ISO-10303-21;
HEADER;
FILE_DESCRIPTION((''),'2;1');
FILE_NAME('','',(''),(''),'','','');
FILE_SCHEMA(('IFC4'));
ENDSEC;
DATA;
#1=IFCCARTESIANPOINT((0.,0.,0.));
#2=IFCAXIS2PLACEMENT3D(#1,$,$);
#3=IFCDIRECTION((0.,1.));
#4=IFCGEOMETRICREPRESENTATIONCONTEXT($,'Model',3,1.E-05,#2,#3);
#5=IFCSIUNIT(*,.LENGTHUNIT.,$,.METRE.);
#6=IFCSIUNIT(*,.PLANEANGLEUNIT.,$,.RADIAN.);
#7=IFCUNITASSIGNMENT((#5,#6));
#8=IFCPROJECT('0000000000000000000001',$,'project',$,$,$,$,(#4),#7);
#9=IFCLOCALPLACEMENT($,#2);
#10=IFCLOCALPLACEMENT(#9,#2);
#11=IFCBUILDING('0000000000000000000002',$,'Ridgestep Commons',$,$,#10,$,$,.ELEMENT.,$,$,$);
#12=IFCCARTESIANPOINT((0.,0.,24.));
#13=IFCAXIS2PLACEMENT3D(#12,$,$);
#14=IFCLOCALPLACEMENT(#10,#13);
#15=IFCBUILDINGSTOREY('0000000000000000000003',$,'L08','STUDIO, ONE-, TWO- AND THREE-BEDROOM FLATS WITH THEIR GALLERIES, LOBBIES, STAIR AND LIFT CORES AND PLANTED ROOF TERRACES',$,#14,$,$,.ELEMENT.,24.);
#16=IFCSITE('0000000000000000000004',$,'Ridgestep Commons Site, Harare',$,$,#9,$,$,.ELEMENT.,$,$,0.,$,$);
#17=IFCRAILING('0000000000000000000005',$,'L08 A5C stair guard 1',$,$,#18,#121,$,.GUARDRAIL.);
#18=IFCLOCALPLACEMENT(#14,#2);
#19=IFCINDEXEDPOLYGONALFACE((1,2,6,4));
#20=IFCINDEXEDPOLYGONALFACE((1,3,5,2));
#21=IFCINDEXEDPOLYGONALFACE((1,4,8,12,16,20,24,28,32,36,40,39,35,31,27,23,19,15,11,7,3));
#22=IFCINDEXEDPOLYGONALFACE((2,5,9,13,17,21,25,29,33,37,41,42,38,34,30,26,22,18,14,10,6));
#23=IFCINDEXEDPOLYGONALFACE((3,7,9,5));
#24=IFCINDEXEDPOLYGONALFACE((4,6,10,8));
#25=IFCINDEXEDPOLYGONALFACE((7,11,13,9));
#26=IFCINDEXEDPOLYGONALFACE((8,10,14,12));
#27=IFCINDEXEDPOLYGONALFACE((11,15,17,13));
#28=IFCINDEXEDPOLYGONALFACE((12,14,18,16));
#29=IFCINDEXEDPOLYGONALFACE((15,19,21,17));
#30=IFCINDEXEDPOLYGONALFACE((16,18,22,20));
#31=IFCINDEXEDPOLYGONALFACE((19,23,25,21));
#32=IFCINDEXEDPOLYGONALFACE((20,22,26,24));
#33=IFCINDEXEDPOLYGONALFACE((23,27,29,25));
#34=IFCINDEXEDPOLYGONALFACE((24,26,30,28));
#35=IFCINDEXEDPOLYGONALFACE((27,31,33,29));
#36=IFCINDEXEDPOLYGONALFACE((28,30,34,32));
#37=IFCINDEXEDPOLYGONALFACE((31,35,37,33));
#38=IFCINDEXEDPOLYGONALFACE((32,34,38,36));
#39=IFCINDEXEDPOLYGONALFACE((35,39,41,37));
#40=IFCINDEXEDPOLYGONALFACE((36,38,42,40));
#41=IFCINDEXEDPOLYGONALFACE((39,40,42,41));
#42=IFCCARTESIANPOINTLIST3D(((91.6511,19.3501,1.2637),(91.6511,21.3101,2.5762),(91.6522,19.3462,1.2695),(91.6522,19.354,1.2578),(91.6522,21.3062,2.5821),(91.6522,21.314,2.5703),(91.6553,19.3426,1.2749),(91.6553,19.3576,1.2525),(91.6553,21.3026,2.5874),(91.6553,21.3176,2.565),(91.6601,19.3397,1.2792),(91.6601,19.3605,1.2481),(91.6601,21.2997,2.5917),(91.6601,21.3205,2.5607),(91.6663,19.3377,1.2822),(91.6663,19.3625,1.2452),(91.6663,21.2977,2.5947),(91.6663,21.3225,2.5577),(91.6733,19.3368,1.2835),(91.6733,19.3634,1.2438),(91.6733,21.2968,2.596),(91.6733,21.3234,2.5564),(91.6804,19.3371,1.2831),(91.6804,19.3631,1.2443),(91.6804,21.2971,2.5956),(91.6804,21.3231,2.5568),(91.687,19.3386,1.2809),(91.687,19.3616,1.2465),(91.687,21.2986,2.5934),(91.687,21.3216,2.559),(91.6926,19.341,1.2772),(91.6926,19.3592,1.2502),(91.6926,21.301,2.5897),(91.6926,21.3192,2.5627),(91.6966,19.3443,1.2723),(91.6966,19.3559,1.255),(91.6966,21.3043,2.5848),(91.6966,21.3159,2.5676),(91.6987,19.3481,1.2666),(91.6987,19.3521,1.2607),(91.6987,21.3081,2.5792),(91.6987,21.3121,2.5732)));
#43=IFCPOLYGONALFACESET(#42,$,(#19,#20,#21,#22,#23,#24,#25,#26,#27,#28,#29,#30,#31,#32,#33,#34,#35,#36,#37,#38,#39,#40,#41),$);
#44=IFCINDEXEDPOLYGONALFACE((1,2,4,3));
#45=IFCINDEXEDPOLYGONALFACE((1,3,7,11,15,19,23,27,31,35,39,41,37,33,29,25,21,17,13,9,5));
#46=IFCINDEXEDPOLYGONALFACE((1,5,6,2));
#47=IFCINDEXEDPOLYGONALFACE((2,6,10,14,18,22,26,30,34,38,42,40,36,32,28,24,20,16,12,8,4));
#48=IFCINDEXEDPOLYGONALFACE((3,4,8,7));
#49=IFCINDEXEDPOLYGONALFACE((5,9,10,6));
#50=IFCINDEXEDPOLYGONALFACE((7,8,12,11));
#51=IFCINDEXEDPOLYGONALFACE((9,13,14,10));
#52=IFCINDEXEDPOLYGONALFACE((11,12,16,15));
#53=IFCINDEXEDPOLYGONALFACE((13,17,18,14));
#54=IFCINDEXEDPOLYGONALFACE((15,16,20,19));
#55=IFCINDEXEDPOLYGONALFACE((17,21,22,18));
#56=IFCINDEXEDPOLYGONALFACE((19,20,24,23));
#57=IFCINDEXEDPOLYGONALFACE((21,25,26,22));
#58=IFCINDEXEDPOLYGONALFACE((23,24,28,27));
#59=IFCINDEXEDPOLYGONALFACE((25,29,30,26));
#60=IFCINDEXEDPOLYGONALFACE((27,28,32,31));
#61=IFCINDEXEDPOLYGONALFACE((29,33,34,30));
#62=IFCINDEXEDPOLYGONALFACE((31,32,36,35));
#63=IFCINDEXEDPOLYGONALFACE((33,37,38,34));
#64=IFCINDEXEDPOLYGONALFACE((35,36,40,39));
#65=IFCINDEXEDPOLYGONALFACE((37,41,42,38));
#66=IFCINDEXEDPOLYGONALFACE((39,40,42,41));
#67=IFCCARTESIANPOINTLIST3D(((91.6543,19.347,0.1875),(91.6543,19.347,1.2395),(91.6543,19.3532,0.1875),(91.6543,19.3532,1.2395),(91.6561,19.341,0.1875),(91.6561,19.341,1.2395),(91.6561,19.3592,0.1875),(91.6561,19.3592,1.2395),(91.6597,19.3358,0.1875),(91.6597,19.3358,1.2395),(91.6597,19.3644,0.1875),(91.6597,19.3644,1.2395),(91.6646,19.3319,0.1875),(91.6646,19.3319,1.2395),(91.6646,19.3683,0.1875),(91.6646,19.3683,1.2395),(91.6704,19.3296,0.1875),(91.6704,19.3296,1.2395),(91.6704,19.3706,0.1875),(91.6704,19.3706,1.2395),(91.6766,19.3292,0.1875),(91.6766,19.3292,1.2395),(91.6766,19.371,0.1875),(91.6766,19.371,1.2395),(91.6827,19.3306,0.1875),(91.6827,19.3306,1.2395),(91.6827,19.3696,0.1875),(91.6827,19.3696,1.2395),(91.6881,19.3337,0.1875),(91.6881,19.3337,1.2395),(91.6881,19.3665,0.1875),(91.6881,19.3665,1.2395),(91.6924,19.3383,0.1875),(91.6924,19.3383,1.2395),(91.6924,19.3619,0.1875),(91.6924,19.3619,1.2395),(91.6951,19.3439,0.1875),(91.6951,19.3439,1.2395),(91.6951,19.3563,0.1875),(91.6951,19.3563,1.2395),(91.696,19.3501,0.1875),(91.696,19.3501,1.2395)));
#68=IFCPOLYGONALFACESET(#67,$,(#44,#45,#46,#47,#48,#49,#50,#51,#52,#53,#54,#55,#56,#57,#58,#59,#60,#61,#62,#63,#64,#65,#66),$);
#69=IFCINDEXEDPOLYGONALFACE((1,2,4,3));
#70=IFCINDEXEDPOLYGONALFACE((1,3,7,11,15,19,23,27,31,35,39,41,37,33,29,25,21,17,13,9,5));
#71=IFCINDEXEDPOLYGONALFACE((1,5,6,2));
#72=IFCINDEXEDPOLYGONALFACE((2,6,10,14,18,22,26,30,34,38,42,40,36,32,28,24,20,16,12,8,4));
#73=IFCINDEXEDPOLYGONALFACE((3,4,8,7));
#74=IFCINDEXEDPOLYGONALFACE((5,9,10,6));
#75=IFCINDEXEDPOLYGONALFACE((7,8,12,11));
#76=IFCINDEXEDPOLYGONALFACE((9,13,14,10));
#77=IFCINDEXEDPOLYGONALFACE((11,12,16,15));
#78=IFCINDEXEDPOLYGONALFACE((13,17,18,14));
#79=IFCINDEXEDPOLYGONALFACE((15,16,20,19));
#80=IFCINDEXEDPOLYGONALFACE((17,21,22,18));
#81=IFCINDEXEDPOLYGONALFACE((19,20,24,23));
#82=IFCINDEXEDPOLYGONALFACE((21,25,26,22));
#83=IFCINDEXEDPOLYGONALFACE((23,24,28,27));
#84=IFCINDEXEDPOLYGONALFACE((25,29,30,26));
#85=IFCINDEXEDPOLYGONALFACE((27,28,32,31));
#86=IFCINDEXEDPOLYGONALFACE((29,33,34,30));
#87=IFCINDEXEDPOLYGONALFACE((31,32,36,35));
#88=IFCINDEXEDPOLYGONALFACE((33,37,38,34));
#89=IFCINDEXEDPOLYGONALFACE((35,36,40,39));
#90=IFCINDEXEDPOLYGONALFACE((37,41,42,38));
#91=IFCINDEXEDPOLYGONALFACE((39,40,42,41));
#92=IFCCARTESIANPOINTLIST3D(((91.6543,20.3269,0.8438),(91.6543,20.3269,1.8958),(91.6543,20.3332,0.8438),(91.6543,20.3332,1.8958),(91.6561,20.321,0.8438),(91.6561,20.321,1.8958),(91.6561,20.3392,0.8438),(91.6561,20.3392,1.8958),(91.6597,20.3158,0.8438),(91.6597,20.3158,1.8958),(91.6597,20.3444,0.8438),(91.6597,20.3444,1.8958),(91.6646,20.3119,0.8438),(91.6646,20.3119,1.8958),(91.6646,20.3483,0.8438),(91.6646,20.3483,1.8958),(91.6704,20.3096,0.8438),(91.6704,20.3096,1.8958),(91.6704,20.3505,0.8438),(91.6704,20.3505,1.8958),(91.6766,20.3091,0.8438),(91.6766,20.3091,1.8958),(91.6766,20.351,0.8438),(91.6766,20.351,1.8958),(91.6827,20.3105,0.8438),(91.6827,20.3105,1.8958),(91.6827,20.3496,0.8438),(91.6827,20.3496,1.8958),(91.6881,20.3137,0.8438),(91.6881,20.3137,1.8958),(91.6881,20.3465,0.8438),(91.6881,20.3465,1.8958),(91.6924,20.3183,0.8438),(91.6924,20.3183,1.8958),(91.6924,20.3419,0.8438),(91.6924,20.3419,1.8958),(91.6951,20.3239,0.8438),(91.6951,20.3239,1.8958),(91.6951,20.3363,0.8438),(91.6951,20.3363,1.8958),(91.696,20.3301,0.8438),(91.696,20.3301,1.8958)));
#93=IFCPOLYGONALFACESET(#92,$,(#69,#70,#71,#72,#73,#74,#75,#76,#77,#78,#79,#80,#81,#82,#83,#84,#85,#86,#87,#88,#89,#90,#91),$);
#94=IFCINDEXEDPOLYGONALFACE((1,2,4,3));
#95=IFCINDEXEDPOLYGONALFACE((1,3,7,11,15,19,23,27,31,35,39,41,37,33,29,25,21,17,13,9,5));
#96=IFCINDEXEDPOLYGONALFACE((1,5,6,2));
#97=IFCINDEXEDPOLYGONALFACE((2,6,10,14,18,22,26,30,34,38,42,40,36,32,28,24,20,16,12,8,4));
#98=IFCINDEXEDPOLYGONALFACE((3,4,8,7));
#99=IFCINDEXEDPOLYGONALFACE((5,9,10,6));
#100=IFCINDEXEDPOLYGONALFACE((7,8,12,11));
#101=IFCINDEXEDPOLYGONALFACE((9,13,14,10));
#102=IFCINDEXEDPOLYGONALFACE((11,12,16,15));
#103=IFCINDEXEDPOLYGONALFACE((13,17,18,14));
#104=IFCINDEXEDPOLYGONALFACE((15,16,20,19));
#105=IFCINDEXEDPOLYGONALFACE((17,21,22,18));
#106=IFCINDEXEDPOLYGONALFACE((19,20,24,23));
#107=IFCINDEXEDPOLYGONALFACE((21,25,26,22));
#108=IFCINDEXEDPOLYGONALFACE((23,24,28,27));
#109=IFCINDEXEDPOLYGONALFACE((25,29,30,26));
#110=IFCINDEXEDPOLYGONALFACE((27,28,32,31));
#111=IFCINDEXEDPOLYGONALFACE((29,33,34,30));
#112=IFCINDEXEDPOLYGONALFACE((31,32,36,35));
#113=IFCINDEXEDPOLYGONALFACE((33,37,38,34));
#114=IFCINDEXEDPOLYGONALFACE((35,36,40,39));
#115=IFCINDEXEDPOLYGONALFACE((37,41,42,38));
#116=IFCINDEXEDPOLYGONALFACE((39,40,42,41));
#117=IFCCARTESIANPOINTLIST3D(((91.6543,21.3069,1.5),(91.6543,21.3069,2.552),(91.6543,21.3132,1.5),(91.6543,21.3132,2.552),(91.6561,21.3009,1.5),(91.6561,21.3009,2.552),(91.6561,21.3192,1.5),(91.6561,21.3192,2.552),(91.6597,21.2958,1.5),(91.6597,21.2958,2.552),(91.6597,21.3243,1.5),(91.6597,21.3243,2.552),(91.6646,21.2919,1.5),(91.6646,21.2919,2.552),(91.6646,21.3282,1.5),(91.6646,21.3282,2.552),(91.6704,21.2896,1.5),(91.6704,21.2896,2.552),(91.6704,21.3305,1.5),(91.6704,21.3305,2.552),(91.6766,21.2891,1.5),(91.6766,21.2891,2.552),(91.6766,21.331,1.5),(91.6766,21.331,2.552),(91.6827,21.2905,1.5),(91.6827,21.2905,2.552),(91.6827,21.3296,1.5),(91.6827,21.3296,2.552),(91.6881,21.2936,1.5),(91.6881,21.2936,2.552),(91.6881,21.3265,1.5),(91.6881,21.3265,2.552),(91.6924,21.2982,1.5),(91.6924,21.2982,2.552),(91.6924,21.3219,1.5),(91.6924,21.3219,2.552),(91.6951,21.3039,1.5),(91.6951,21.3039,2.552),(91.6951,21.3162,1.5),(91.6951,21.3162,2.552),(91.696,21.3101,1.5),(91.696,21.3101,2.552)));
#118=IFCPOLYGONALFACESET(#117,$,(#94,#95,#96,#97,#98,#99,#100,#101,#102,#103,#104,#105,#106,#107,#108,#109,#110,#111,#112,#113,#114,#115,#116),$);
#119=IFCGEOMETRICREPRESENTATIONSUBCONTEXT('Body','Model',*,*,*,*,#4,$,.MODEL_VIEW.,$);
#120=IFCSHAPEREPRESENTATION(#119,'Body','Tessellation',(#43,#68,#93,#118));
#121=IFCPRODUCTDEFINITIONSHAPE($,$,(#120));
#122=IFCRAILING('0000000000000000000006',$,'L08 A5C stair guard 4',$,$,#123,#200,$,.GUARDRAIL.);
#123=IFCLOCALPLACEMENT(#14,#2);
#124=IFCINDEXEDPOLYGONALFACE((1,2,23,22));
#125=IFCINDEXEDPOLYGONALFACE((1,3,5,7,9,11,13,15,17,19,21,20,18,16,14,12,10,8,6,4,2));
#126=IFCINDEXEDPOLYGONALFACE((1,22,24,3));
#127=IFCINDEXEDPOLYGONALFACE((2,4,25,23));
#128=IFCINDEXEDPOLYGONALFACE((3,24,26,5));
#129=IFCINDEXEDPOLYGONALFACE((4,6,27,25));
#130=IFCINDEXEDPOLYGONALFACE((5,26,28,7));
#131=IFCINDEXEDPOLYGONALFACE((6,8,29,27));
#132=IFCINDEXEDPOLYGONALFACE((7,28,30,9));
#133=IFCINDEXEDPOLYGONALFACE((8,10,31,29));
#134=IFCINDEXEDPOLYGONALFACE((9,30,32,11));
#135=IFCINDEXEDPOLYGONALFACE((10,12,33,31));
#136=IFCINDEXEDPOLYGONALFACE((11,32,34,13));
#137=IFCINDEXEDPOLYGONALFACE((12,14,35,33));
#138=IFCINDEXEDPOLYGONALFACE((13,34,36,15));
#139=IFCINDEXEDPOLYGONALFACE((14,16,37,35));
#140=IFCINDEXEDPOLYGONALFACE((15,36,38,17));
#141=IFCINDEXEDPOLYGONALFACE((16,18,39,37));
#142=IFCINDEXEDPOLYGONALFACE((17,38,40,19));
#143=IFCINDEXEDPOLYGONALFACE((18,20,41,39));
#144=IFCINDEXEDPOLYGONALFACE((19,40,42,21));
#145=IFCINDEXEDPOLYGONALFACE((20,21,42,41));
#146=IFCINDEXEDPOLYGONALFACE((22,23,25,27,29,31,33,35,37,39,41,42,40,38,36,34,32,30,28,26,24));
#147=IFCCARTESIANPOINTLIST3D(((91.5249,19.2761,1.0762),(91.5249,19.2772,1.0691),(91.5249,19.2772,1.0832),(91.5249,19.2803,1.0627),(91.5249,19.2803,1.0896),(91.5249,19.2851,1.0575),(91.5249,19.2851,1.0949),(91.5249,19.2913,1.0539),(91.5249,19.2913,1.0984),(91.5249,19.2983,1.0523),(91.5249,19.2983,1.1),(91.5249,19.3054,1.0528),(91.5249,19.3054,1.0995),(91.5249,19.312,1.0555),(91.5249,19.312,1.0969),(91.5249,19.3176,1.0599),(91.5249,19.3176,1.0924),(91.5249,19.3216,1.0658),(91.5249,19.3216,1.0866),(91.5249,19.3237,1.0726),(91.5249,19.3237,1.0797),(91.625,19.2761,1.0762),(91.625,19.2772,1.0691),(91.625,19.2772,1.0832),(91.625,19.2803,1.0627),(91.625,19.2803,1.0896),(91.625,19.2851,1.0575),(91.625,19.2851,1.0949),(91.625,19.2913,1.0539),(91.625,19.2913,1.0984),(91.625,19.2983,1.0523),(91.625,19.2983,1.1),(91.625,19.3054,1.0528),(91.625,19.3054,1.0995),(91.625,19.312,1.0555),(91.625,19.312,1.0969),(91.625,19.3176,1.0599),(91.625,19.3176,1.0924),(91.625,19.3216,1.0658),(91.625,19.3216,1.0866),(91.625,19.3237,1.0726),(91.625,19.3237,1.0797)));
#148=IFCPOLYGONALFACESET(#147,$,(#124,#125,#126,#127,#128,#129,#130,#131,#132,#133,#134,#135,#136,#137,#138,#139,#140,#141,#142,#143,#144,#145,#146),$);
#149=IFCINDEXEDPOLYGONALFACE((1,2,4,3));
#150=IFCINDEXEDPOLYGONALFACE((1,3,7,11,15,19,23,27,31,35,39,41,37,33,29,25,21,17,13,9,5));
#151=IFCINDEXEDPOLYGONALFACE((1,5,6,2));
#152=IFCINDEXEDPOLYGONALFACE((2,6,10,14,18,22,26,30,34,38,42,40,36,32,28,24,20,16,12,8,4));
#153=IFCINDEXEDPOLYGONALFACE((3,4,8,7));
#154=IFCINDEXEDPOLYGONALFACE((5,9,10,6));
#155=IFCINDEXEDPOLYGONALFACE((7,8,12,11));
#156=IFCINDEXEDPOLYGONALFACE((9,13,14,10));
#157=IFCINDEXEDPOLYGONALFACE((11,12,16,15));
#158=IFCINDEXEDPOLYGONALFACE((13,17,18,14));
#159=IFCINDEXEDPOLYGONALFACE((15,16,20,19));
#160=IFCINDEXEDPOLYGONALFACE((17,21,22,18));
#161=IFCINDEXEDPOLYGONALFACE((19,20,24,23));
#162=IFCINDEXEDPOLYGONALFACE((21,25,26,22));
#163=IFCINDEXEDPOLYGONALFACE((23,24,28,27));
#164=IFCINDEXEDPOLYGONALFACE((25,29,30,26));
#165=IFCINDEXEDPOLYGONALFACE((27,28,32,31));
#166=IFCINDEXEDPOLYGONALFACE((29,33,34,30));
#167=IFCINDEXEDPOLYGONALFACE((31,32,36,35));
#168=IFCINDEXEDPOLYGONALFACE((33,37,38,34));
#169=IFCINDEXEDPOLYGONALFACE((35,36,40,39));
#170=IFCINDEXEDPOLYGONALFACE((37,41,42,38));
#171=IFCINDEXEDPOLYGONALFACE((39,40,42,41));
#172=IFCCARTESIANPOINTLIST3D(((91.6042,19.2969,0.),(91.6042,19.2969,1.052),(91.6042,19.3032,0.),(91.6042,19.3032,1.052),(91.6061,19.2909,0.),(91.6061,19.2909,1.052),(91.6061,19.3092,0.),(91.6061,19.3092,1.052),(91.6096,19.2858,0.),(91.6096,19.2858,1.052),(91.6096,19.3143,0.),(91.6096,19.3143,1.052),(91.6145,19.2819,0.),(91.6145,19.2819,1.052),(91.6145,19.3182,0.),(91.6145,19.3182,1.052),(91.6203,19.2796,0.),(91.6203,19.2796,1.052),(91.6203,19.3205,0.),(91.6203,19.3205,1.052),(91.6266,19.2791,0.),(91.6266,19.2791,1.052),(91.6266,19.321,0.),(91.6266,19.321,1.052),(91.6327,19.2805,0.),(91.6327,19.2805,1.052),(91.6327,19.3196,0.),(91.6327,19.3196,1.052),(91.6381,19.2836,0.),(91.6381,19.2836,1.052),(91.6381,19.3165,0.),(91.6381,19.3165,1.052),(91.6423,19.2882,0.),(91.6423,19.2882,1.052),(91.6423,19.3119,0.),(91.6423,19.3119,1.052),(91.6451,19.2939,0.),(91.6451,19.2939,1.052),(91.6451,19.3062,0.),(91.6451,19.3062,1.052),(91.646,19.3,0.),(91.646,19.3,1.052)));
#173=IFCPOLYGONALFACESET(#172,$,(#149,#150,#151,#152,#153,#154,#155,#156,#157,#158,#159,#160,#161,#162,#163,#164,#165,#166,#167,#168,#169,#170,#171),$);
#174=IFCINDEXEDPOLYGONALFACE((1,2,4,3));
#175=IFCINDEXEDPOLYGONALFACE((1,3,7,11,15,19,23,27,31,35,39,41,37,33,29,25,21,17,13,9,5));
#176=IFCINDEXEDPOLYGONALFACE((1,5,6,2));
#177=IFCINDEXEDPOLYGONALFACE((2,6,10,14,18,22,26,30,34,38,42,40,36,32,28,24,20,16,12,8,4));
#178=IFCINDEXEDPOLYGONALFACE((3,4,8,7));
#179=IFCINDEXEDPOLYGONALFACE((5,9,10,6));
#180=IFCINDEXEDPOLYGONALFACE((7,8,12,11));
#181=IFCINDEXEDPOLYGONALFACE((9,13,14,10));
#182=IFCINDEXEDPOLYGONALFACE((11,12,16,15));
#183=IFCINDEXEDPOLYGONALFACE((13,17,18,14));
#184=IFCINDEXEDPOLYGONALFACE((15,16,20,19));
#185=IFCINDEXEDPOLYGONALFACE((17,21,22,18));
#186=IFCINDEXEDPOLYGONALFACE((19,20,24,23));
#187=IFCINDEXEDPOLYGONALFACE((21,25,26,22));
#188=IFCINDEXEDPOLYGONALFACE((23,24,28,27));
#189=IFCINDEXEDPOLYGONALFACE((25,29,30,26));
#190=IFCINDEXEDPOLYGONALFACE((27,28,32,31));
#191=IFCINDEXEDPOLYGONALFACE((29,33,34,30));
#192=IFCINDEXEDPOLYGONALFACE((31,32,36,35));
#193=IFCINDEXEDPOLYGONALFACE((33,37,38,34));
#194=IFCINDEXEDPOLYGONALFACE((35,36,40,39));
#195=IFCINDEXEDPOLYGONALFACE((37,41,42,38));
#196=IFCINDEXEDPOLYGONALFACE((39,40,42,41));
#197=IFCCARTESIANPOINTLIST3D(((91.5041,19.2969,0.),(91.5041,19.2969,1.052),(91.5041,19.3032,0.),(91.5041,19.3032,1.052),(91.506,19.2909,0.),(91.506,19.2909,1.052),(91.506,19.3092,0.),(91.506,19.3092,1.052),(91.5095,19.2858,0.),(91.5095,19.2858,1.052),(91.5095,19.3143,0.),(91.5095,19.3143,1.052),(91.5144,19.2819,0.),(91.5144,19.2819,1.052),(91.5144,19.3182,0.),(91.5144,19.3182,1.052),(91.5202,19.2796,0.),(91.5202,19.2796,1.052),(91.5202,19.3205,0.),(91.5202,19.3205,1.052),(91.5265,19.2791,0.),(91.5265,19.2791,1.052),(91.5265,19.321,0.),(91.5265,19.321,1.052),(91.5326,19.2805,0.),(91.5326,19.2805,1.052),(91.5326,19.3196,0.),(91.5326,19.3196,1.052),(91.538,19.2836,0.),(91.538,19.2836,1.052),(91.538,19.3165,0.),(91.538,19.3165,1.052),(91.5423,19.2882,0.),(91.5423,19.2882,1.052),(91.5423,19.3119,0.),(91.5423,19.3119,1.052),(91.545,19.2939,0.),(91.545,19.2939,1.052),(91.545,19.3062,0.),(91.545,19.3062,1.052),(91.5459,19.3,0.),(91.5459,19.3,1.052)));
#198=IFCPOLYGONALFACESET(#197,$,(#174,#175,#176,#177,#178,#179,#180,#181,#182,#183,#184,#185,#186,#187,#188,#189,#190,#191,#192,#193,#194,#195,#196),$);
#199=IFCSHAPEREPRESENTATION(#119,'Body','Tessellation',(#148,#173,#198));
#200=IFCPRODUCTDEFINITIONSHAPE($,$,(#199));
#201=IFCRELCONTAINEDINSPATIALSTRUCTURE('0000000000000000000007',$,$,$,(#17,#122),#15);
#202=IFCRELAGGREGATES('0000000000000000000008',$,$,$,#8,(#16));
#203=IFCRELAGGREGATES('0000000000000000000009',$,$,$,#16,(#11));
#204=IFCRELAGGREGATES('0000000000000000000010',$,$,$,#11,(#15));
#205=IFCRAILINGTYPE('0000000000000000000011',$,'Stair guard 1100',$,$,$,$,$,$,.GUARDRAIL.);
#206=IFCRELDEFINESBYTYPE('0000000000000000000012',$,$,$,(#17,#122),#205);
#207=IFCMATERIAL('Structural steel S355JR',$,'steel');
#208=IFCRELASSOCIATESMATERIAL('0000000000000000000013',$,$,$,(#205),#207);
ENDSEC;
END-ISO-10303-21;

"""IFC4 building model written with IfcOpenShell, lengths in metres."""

from ifc_helpers import new_model, si_unit, direction, frame, origin, origin_2d, place, context, subcontext, project, spatial, circle, extrude, material, type_object, element, save


model = new_model("IFC4")

# Units and contexts
model_context = context("Model", 3, precision=1e-05, world=origin(), true_north=direction((0.0, 1.0)))
body_context = subcontext(model_context, "Body", "Model", "MODEL_VIEW")
ifc_project = project(units=[si_unit("LENGTHUNIT", "METRE"), si_unit("PLANEANGLEUNIT", "RADIAN")], contexts=[model_context])

# Site, building, storey
site_placement = place(None, origin())
site = spatial("IfcSite", under=ifc_project, at=site_placement, Name="Ridgestep Commons Site, Harare", CompositionType="ELEMENT", RefElevation=0.0)
building_placement = place(site_placement, origin())
building = spatial("IfcBuilding", under=site, at=building_placement, Name="Ridgestep Commons", CompositionType="ELEMENT")
storey_placement = place(building_placement, frame((0.0, 0.0, 24.0)))
storey = spatial("IfcBuildingStorey", under=building, at=storey_placement, Name="L08", Description="STUDIO, ONE-, TWO- AND THREE-BEDROOM FLATS WITH THEIR GALLERIES, LOBBIES, STAIR AND LIFT CORES AND PLANTED ROOF TERRACES", CompositionType="ELEMENT", Elevation=24.0)

# Railings
ifc_material_1 = material(Name="Structural steel S355JR", Category="steel")
railing_type_1 = type_object("IfcRailingType", Name="Stair guard 1100", PredefinedType="GUARDRAIL", material=ifc_material_1)
railing_1_placement = place(storey_placement, frame((91.675, 19.3501, 0.1875)))
element("IfcRailing", 1, at=railing_1_placement, inside=storey, type_object=railing_type_1, Name="L08 A5C stair guard 1", PredefinedType="GUARDRAIL", context=body_context, shape_type="SweptSolid", body=[
    extrude(circle(Radius=0.0239, at=origin_2d()), frame((0.0, 0.0, 1.0762), z_axis=(0.0, 0.830902, 0.556419), x_axis=(-1.0, 0.0, 0.0)), (0.0, 0.0, 1.0), 2.3589),
    extrude(circle(Radius=0.021, at=origin_2d()), origin(), (0.0, 0.0, 1.0), 1.052),
    extrude(circle(Radius=0.021, at=origin_2d()), frame((0.0, 0.98, 0.6562)), (0.0, 0.0, 1.0), 1.052),
    extrude(circle(Radius=0.021, at=origin_2d()), frame((0.0, 1.96, 1.3125)), (0.0, 0.0, 1.0), 1.052),
])
railing_2_placement = place(storey_placement, frame((91.625, 19.3, 0.0)))
element("IfcRailing", 2, at=railing_2_placement, inside=storey, type_object=railing_type_1, Name="L08 A5C stair guard 4", PredefinedType="GUARDRAIL", context=body_context, shape_type="SweptSolid", body=[
    extrude(circle(Radius=0.0239, at=origin_2d()), frame((0.0, 0.0, 1.0762), z_axis=(-1.0, 0.0, 0.0), x_axis=(0.0, -1.0, 0.0)), (0.0, 0.0, 1.0), 0.1001),
    extrude(circle(Radius=0.021, at=origin_2d()), origin(), (0.0, 0.0, 1.0), 1.052),
    extrude(circle(Radius=0.021, at=origin_2d()), frame((-0.1001, 0.0, 0.0)), (0.0, 0.0, 1.0), 1.052),
])

save(model, "model.ifc")
